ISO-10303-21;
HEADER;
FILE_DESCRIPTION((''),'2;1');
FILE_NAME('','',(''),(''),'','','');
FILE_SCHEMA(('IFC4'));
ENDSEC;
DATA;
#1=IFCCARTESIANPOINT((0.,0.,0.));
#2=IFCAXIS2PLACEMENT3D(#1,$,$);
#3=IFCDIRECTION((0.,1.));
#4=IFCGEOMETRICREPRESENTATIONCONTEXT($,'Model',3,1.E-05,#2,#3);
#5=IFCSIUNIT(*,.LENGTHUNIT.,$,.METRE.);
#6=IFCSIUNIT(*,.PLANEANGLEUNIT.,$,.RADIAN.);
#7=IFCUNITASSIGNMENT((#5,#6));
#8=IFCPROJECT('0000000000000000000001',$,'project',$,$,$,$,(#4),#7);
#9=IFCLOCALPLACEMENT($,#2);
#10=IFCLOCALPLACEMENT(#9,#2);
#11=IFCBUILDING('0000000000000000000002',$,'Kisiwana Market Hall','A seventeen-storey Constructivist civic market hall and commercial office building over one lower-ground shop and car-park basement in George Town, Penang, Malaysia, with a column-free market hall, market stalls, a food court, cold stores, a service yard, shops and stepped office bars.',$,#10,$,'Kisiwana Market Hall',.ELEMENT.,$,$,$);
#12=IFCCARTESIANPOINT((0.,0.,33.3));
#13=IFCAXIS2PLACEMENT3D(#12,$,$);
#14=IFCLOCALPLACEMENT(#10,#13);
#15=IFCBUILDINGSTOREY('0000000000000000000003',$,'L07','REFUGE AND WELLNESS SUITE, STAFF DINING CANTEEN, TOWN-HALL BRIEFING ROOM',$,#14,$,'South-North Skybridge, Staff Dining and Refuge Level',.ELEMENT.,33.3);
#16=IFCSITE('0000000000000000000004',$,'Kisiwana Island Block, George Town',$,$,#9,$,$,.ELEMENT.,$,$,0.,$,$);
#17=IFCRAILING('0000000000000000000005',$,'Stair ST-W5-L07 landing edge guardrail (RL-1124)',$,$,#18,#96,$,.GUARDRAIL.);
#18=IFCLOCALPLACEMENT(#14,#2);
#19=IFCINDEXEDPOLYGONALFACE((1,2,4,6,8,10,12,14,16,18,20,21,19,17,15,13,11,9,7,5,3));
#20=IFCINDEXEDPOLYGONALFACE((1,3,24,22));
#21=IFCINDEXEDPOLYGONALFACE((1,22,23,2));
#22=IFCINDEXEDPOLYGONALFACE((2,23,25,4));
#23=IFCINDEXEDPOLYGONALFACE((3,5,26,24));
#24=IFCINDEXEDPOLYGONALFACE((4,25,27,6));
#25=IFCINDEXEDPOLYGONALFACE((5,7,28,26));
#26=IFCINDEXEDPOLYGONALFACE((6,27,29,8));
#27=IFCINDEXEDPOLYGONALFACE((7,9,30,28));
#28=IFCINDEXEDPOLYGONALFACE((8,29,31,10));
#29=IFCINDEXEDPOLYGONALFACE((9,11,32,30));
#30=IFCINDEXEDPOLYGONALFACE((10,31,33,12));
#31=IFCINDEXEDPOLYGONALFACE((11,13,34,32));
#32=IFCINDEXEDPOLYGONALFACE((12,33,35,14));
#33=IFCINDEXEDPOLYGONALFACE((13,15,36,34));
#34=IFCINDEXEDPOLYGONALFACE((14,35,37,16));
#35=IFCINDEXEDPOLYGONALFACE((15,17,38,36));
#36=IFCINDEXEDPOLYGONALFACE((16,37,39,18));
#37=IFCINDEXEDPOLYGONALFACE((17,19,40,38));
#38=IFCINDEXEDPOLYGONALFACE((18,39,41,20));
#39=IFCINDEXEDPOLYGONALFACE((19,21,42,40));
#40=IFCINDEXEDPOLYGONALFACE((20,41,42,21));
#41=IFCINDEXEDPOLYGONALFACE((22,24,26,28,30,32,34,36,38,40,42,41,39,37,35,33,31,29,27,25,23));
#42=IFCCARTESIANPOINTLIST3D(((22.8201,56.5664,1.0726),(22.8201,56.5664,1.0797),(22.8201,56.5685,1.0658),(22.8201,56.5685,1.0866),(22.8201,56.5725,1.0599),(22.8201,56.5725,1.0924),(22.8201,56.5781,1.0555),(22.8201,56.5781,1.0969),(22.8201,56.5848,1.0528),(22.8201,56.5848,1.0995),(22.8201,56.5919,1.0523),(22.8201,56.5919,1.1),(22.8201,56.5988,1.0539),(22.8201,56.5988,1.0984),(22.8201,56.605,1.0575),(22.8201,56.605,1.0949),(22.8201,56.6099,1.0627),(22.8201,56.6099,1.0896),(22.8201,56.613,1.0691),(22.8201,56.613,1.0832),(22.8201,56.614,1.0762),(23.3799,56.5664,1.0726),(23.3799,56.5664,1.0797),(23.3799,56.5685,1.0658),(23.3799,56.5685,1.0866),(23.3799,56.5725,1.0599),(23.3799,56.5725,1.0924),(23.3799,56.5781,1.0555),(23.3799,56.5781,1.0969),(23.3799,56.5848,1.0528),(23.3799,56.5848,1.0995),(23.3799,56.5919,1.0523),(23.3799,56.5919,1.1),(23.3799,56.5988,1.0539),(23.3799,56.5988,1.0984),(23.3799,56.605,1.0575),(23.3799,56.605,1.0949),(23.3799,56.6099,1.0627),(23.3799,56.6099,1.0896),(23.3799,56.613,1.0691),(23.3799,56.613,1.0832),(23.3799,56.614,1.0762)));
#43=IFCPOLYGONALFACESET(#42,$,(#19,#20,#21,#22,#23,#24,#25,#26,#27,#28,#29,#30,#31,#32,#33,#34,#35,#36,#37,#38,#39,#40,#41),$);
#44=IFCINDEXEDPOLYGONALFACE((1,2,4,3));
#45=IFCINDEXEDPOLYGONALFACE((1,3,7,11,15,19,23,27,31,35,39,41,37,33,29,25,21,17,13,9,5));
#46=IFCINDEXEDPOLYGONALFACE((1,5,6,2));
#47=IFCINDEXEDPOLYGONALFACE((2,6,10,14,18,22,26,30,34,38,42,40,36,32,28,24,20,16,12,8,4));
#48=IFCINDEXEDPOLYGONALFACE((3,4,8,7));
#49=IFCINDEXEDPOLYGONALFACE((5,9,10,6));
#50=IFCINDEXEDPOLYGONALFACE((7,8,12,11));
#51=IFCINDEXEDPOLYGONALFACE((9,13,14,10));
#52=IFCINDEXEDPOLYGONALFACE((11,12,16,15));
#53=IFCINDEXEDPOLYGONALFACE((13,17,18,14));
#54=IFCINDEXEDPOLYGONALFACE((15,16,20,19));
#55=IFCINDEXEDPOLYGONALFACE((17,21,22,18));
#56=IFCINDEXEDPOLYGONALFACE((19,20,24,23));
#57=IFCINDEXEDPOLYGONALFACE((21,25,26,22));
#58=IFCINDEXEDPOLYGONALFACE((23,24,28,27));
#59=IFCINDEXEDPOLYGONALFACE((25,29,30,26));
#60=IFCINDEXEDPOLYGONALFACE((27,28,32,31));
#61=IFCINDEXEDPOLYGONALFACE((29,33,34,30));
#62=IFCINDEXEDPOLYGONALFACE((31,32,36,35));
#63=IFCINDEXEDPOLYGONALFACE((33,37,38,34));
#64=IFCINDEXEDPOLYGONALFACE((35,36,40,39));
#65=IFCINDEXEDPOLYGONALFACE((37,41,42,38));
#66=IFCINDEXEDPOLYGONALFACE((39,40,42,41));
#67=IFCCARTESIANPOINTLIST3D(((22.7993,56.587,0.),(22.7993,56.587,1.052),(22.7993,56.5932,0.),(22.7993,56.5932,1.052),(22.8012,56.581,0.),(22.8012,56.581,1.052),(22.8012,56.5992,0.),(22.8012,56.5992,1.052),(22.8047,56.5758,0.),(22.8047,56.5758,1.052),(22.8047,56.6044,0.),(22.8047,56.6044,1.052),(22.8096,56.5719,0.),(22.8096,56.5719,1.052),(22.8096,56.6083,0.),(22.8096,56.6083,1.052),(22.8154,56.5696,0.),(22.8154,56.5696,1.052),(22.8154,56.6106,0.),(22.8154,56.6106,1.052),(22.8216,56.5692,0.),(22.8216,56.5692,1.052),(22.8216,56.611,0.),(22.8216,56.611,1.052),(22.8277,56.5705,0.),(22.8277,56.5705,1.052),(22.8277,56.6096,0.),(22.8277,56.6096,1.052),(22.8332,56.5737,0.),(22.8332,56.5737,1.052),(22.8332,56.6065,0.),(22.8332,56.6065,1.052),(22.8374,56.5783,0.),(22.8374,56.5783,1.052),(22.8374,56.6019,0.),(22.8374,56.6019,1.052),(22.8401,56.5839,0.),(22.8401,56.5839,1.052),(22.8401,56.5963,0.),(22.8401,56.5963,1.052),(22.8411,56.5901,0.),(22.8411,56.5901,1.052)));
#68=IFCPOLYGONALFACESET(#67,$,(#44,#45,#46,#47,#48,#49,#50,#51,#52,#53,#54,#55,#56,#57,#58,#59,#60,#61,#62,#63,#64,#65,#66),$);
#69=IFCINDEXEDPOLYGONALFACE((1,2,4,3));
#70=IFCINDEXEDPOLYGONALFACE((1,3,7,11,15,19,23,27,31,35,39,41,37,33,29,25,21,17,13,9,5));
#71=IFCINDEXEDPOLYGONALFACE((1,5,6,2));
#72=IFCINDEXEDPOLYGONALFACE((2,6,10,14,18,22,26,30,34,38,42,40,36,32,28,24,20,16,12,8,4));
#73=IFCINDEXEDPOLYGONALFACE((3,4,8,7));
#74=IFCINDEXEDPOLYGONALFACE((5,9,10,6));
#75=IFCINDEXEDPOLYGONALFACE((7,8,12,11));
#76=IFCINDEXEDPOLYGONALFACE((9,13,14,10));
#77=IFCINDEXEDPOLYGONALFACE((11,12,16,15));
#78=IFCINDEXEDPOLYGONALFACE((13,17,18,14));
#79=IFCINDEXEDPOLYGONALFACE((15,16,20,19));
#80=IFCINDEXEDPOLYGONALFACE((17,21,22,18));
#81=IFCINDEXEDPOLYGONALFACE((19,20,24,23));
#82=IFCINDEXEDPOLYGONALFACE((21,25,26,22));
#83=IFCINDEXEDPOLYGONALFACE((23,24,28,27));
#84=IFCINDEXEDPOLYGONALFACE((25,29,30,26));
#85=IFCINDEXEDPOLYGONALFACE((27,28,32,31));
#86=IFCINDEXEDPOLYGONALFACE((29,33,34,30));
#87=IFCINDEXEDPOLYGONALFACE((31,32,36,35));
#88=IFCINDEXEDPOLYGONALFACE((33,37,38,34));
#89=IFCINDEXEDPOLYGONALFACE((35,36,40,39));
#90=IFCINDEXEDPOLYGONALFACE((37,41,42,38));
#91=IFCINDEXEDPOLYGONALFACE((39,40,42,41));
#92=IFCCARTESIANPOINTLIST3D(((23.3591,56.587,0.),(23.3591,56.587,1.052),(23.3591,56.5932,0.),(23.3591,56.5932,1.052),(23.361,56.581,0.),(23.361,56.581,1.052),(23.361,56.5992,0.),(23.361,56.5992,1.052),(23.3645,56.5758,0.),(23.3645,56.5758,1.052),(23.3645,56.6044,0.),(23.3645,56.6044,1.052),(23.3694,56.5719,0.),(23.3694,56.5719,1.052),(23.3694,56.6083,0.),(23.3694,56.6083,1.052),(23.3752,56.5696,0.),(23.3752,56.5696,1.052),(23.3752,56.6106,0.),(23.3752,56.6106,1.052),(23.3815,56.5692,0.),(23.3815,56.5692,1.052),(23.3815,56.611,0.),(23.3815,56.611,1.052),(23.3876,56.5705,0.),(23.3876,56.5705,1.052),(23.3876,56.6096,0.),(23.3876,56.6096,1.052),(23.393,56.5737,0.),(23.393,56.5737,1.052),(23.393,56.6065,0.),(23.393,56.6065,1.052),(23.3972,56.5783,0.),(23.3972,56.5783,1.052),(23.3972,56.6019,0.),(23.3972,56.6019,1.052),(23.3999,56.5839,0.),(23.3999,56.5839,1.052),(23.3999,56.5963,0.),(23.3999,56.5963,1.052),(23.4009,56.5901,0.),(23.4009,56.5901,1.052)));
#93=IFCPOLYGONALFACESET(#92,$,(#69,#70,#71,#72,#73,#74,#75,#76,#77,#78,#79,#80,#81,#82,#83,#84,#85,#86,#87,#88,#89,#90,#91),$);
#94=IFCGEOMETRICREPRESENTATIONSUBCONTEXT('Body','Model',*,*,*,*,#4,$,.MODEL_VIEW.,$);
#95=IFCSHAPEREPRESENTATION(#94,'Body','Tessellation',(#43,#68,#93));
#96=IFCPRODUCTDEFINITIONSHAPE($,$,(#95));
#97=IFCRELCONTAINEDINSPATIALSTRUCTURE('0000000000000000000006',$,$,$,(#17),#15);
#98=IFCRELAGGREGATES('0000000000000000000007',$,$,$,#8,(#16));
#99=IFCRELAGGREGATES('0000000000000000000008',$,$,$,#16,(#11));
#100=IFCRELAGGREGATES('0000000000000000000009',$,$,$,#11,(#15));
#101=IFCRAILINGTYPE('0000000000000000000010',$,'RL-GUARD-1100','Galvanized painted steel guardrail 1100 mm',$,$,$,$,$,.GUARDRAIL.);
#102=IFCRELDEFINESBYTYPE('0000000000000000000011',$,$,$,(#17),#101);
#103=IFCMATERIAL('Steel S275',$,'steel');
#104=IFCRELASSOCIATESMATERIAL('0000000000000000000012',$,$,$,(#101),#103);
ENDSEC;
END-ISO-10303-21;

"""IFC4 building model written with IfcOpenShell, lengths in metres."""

from ifc_helpers import new_model, si_unit, direction, frame, origin, origin_2d, place, context, subcontext, project, spatial, circle, extrude, material, type_object, element, save


model = new_model("IFC4")

# Units and contexts
model_context = context("Model", 3, precision=1e-05, world=origin(), true_north=direction((0.0, 1.0)))
body_context = subcontext(model_context, "Body", "Model", "MODEL_VIEW")
ifc_project = project(units=[si_unit("LENGTHUNIT", "METRE"), si_unit("PLANEANGLEUNIT", "RADIAN")], contexts=[model_context])

# Site, building, storey
site_placement = place(None, origin())
site = spatial("IfcSite", under=ifc_project, at=site_placement, Name="Kisiwana Island Block, George Town", CompositionType="ELEMENT", RefElevation=0.0)
building_placement = place(site_placement, origin())
building = spatial("IfcBuilding", under=site, at=building_placement, Name="Kisiwana Market Hall", Description="A seventeen-storey Constructivist civic market hall and commercial office building over one lower-ground shop and car-park basement in George Town, Penang, Malaysia, with a column-free market hall, market stalls, a food court, cold stores, a service yard, shops and stepped office bars.", LongName="Kisiwana Market Hall", CompositionType="ELEMENT")
storey_placement = place(building_placement, frame((0.0, 0.0, 33.3)))
storey = spatial("IfcBuildingStorey", under=building, at=storey_placement, Name="L07", Description="REFUGE AND WELLNESS SUITE, STAFF DINING CANTEEN, TOWN-HALL BRIEFING ROOM", LongName="South-North Skybridge, Staff Dining and Refuge Level", CompositionType="ELEMENT", Elevation=33.3)

# Railing
ifc_material_1 = material(Name="Steel S275", Category="steel")
railing_type_1 = type_object("IfcRailingType", Name="RL-GUARD-1100", Description="Galvanized painted steel guardrail 1100 mm", PredefinedType="GUARDRAIL", material=ifc_material_1)
railing_1_placement = place(storey_placement, frame((22.8201, 56.5901, 0.0)))
element("IfcRailing", 1, at=railing_1_placement, inside=storey, type_object=railing_type_1, Name="Stair ST-W5-L07 landing edge guardrail (RL-1124)", PredefinedType="GUARDRAIL", context=body_context, shape_type="SweptSolid", body=[
    extrude(circle(Radius=0.0239, at=origin_2d()), frame((0.0, 0.0, 1.0762), z_axis=(1.0, 0.0, 0.0), x_axis=(0.0, 1.0, 0.0)), (0.0, 0.0, 1.0), 0.5598),
    extrude(circle(Radius=0.021, at=origin_2d()), origin(), (0.0, 0.0, 1.0), 1.052),
    extrude(circle(Radius=0.021, at=origin_2d()), frame((0.5598, 0.0, 0.0)), (0.0, 0.0, 1.0), 1.052),
])

save(model, "model.ifc")
